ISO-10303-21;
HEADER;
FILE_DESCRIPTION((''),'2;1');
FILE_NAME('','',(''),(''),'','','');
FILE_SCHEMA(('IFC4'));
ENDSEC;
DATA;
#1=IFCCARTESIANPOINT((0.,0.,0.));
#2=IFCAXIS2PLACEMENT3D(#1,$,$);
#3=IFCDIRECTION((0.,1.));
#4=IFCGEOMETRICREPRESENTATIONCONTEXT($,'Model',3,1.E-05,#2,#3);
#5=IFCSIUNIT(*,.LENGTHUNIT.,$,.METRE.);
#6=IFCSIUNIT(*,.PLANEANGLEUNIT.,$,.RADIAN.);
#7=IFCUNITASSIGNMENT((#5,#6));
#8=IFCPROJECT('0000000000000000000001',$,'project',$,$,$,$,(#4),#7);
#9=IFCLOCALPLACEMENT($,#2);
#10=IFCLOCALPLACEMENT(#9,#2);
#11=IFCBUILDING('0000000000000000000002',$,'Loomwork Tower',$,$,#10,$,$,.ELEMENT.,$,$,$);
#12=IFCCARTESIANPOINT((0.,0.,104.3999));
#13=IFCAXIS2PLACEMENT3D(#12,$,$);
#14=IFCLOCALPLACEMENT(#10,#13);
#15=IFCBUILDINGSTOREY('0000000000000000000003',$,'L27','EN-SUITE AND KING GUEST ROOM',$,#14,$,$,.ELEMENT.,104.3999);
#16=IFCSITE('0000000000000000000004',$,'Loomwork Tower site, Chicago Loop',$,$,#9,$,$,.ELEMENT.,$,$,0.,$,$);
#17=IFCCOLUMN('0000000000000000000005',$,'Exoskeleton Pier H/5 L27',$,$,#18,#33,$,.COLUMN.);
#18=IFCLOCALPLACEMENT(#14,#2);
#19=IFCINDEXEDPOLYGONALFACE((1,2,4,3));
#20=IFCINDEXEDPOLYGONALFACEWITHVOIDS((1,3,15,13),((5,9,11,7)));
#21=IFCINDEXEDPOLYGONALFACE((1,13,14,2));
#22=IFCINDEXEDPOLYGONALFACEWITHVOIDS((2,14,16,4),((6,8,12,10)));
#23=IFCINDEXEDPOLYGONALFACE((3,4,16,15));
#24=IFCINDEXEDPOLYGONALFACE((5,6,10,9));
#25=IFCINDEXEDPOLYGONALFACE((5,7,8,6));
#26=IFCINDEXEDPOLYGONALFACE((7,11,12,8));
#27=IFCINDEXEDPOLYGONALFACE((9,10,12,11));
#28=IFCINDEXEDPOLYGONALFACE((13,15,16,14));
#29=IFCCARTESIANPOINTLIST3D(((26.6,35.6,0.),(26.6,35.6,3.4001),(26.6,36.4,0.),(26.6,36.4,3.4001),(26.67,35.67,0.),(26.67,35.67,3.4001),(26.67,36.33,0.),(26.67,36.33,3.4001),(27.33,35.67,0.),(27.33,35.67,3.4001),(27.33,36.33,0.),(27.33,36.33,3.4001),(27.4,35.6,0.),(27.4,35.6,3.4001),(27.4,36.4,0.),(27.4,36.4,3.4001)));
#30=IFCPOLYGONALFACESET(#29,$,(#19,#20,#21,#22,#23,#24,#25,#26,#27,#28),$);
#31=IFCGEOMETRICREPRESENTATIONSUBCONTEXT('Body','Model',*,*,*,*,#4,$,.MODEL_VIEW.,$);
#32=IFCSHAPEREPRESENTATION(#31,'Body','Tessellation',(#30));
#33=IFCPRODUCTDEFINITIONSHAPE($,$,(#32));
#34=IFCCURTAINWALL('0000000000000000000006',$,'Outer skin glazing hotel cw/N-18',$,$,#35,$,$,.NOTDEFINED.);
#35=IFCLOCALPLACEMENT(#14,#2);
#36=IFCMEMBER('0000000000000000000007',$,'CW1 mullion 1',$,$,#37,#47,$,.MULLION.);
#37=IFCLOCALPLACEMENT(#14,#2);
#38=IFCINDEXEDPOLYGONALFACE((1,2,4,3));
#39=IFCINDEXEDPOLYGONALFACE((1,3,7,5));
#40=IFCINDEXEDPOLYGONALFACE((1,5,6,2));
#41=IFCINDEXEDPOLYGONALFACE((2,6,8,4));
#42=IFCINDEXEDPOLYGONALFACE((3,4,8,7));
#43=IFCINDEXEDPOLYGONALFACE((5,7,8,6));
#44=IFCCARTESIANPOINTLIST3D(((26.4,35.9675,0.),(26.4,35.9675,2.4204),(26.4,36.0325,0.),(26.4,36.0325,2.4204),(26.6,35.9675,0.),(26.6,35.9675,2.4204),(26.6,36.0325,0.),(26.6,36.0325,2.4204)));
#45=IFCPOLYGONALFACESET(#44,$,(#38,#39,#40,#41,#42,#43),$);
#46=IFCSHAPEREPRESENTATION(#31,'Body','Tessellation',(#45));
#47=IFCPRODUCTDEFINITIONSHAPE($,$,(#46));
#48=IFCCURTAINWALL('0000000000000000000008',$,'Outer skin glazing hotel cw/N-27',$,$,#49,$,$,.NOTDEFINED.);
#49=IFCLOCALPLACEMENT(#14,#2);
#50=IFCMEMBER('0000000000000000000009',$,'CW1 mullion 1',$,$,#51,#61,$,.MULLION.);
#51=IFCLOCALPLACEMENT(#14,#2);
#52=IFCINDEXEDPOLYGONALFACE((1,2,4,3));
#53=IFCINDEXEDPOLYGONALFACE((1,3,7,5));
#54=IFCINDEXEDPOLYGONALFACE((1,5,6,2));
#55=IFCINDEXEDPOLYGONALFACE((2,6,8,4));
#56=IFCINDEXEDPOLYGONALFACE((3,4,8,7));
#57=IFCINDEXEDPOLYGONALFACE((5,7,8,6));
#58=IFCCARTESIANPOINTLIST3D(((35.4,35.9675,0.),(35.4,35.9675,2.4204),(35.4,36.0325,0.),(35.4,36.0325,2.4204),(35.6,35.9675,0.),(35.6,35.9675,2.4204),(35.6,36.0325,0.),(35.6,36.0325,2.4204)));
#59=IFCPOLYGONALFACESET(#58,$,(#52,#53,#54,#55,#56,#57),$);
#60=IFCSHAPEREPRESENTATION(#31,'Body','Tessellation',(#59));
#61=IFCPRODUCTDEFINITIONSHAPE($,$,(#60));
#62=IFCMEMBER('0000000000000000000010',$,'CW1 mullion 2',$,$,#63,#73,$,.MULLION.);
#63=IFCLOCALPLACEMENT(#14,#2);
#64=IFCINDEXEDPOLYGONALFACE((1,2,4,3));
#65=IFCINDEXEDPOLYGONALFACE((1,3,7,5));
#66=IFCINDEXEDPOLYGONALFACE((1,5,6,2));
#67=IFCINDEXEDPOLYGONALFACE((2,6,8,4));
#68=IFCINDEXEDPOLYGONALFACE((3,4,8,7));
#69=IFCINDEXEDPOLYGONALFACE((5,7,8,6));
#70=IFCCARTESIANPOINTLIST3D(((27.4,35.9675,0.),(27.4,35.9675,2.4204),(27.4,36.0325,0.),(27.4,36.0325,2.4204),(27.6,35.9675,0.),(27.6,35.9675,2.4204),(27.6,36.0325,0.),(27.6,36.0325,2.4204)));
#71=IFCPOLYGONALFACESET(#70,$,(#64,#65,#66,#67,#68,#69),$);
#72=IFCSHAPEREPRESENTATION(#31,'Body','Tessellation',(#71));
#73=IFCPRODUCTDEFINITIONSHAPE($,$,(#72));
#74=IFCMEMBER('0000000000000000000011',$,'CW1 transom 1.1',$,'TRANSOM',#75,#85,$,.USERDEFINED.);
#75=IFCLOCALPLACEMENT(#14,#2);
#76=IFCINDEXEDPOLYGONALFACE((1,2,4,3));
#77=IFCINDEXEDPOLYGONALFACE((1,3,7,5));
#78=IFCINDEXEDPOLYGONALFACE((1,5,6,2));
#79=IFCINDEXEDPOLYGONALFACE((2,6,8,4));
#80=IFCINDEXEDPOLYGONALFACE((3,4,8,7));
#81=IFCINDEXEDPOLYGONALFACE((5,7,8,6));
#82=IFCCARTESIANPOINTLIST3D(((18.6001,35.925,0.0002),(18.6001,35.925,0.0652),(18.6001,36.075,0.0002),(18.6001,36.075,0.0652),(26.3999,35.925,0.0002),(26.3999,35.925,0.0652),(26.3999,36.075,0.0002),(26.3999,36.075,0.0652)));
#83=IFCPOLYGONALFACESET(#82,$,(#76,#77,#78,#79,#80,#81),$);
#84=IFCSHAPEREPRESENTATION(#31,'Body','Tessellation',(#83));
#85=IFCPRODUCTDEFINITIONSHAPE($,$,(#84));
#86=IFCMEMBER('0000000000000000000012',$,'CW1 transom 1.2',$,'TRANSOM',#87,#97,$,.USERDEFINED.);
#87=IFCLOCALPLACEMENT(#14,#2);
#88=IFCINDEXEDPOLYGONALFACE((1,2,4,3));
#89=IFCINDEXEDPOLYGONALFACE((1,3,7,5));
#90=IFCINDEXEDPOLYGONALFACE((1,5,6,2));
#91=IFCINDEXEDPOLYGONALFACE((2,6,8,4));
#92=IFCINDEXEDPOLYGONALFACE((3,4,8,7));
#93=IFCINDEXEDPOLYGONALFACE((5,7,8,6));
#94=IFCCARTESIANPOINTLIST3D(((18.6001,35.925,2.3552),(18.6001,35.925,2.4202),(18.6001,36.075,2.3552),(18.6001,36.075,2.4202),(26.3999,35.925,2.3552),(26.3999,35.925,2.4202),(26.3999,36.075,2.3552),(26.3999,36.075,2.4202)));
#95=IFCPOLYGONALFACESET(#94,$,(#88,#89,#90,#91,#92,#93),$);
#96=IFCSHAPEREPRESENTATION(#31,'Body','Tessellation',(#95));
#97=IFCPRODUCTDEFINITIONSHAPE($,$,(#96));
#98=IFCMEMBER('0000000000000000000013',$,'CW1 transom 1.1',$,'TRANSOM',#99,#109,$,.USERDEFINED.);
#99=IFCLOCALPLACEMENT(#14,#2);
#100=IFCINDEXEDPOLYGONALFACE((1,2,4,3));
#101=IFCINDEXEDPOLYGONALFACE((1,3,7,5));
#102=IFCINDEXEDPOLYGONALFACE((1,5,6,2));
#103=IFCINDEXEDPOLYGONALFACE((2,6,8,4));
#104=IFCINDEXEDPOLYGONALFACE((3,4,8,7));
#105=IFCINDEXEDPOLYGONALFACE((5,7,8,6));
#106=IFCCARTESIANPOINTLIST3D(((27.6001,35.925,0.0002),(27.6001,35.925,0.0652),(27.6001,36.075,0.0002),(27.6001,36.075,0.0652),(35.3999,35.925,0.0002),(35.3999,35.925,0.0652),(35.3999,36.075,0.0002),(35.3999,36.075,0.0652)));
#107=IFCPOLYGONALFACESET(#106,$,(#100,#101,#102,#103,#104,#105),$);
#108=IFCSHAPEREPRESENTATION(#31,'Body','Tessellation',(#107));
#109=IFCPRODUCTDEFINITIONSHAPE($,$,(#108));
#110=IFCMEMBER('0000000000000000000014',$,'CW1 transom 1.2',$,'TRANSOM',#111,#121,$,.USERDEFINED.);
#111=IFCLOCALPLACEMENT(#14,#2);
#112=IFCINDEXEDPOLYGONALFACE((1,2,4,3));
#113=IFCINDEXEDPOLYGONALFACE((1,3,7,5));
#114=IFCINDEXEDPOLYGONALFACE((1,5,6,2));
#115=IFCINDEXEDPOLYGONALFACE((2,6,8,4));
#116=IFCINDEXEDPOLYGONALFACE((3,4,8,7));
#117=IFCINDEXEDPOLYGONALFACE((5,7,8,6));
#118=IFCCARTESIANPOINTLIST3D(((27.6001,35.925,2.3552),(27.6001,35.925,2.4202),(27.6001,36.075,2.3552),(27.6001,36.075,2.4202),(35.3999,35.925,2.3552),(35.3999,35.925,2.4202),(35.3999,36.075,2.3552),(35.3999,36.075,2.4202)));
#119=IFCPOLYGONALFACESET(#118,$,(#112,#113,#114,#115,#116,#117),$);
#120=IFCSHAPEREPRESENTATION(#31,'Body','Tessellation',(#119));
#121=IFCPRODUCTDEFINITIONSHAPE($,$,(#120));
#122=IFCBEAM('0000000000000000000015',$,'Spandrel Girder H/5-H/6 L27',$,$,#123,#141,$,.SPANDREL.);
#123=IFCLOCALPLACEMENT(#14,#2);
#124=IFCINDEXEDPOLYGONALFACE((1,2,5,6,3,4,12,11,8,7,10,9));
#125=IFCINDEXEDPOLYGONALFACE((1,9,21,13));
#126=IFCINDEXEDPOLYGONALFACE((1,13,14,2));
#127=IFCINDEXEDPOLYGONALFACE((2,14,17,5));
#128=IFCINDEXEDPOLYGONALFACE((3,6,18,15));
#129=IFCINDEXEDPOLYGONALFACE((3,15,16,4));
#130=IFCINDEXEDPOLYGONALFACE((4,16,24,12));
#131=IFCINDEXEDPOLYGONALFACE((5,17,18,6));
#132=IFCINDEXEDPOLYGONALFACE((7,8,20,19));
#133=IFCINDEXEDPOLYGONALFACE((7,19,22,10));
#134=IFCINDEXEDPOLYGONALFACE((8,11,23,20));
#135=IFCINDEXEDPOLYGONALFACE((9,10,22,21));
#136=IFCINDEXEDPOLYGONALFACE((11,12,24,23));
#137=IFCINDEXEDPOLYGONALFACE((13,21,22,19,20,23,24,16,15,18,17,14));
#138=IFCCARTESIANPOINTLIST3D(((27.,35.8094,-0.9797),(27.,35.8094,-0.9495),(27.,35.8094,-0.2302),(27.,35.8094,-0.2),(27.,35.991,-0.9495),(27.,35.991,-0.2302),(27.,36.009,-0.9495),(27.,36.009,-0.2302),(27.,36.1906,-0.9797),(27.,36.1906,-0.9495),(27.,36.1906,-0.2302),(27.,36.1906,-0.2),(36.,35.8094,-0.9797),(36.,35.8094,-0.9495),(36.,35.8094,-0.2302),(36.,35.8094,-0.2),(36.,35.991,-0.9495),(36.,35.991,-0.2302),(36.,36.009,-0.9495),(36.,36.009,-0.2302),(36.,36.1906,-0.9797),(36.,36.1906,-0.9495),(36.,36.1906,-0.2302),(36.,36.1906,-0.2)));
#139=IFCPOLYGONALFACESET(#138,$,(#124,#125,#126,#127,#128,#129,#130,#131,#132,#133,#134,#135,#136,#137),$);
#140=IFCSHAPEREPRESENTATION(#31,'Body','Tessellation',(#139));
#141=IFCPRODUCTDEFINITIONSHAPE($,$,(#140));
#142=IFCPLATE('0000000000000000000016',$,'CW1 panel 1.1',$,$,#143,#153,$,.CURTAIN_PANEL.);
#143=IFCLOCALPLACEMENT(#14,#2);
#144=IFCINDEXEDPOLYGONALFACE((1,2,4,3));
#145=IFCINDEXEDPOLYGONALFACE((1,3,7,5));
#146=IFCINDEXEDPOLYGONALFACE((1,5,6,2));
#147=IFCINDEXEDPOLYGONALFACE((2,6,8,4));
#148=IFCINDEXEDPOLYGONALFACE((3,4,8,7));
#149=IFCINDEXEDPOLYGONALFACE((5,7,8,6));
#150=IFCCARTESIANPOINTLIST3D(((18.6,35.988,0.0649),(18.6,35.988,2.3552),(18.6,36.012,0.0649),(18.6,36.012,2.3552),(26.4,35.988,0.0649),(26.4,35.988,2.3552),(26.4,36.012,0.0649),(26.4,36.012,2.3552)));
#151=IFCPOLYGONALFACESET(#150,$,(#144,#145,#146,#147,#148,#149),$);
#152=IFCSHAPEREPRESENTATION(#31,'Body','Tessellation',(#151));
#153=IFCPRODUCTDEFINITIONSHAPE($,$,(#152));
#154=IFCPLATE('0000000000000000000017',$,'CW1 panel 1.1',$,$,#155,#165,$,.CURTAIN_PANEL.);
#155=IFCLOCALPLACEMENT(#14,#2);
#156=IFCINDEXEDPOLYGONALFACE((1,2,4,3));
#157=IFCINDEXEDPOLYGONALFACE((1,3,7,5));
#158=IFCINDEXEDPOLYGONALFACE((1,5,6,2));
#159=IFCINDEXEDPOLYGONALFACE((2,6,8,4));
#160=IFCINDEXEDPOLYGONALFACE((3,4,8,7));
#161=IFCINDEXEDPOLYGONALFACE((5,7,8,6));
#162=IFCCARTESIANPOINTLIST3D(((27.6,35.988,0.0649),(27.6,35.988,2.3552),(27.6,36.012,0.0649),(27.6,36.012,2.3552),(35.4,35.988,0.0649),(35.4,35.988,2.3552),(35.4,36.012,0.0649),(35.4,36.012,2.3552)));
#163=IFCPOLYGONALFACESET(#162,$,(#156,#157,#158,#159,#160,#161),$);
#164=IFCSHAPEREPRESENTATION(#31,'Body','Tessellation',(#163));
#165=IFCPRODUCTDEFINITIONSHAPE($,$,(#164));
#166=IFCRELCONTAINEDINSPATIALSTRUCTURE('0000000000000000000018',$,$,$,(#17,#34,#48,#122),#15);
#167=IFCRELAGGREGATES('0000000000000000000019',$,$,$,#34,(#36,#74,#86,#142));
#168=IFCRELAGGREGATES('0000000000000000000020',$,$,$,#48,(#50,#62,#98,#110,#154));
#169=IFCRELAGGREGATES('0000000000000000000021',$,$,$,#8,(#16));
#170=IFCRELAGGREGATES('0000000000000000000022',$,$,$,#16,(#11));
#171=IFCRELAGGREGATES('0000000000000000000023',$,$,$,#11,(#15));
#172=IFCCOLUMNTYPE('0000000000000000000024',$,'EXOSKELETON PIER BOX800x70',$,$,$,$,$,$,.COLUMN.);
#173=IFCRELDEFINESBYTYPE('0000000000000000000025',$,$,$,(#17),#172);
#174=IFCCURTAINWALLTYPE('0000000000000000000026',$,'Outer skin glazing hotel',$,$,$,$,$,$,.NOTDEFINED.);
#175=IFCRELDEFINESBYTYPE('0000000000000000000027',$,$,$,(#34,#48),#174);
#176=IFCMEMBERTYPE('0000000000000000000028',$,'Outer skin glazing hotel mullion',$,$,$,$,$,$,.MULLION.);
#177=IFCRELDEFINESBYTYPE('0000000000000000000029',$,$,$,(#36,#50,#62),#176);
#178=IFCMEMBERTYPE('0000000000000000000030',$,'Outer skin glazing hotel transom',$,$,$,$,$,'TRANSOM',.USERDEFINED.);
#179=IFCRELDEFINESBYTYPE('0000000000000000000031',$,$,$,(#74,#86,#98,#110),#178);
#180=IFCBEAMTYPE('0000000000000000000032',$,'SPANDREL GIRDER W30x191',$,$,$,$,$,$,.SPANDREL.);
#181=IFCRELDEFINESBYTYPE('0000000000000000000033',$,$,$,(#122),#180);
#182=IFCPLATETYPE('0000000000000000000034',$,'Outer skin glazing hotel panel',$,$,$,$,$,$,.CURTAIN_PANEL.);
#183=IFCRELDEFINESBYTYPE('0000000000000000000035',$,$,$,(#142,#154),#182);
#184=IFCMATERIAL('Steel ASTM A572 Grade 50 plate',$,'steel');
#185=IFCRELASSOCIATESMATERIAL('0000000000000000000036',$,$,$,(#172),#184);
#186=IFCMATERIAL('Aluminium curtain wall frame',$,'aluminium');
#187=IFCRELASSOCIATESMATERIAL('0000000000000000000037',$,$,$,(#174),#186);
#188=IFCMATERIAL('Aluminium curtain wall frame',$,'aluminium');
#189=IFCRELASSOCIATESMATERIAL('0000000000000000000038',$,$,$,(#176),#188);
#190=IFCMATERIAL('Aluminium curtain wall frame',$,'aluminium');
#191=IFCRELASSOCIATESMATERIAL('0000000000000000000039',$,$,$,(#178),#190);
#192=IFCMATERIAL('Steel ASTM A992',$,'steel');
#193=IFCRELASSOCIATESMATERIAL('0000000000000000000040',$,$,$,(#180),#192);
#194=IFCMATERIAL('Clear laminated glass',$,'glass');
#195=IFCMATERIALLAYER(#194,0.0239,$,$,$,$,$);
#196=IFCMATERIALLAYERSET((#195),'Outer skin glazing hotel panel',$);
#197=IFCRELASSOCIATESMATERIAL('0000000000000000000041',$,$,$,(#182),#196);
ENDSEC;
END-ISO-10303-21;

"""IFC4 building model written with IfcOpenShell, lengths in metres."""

from ifc_helpers import new_model, si_unit, direction, frame, origin, origin_2d, place, context, subcontext, project, spatial, rectangle, hollow_rectangle, i_section, extrude, material, layer, layer_set, material_profile, profile_set, type_object, element, aggregate, save


model = new_model("IFC4")

# Units and contexts
model_context = context("Model", 3, precision=1e-05, world=origin(), true_north=direction((0.0, 1.0)))
body_context = subcontext(model_context, "Body", "Model", "MODEL_VIEW")
ifc_project = project(units=[si_unit("LENGTHUNIT", "METRE"), si_unit("PLANEANGLEUNIT", "RADIAN")], contexts=[model_context])

# Site, building, storey
site_placement = place(None, origin())
site = spatial("IfcSite", under=ifc_project, at=site_placement, Name="Loomwork Tower site, Chicago Loop", CompositionType="ELEMENT", RefElevation=0.0)
building_placement = place(site_placement, origin())
building = spatial("IfcBuilding", under=site, at=building_placement, Name="Loomwork Tower", CompositionType="ELEMENT")
storey_placement = place(building_placement, frame((0.0, 0.0, 104.3999)))
storey = spatial("IfcBuildingStorey", under=building, at=storey_placement, Name="L27", Description="EN-SUITE AND KING GUEST ROOM", CompositionType="ELEMENT", Elevation=104.3999)

# Column
ifc_material_1 = material(Name="Steel ASTM A572 Grade 50 plate", Category="steel")
ifc_material_profile_1 = material_profile(ifc_material_1, hollow_rectangle(XDim=0.8, YDim=0.8, WallThickness=0.0701, at=origin_2d()), Name="BOX800x70")
ifc_profile_set_1 = profile_set([ifc_material_profile_1], Name="Steel ASTM A572 Grade 50 plate")
column_type = type_object("IfcColumnType", Name="EXOSKELETON PIER BOX800x70", PredefinedType="COLUMN", material=ifc_profile_set_1)
column_placement = place(storey_placement, frame((27.0, 36.0, 0.0), z_axis=(0.0, 0.0, 1.0), x_axis=(1.0, 0.0, 0.0)))
element("IfcColumn", 1, at=column_placement, inside=storey, type_object=column_type, Name="Exoskeleton Pier H/5 L27", PredefinedType="COLUMN", context=body_context, shape_type="SweptSolid", body=[
    extrude(hollow_rectangle(XDim=0.8, YDim=0.8, WallThickness=0.0701, at=origin_2d()), origin(), (0.0, 0.0, 1.0), 3.4001),
])

# Curtain wall, member
ifc_material_2 = material(Name="Aluminium curtain wall frame", Category="aluminium")
curtain_wall_type = type_object("IfcCurtainWallType", Name="Outer skin glazing hotel", PredefinedType="NOTDEFINED", material=ifc_material_2)
curtain_wall_1_placement = place(storey_placement, origin())
curtain_wall_1 = element("IfcCurtainWall", 2, at=curtain_wall_1_placement, inside=storey, type_object=curtain_wall_type, Name="Outer skin glazing hotel cw/N-18", PredefinedType="NOTDEFINED")
ifc_material_3 = material(Name="Aluminium curtain wall frame", Category="aluminium")
ifc_material_profile_2 = material_profile(ifc_material_3, rectangle(XDim=0.0649, YDim=0.2, at=origin_2d()), Name="AL 65x200")
ifc_profile_set_2 = profile_set([ifc_material_profile_2], Name="Aluminium curtain wall frame")
member_type_1 = type_object("IfcMemberType", Name="Outer skin glazing hotel mullion", PredefinedType="MULLION", material=ifc_profile_set_2)
member_1_placement = place(storey_placement, frame((26.5, 36.0, 0.0), z_axis=(0.0, 0.0, 1.0), x_axis=(0.0, -1.0, 0.0)))
member_1 = element("IfcMember", 3, at=member_1_placement, type_object=member_type_1, Name="CW1 mullion 1", PredefinedType="MULLION", context=body_context, shape_type="SweptSolid", body=[
    extrude(rectangle(XDim=0.0649, YDim=0.2, at=origin_2d()), origin(), (0.0, 0.0, 1.0), 2.4204),
])

# Curtain wall, members
curtain_wall_2_placement = place(storey_placement, origin())
curtain_wall_2 = element("IfcCurtainWall", 4, at=curtain_wall_2_placement, inside=storey, type_object=curtain_wall_type, Name="Outer skin glazing hotel cw/N-27", PredefinedType="NOTDEFINED")
member_2_placement = place(storey_placement, frame((35.5, 36.0, 0.0), z_axis=(0.0, 0.0, 1.0), x_axis=(0.0, -1.0, 0.0)))
member_2 = element("IfcMember", 5, at=member_2_placement, type_object=member_type_1, Name="CW1 mullion 1", PredefinedType="MULLION", context=body_context, shape_type="SweptSolid", body=[
    extrude(rectangle(XDim=0.0649, YDim=0.2, at=origin_2d()), origin(), (0.0, 0.0, 1.0), 2.4204),
])
member_3_placement = place(storey_placement, frame((27.5, 36.0, 0.0), z_axis=(0.0, 0.0, 1.0), x_axis=(0.0, -1.0, 0.0)))
member_3 = element("IfcMember", 6, at=member_3_placement, type_object=member_type_1, Name="CW1 mullion 2", PredefinedType="MULLION", context=body_context, shape_type="SweptSolid", body=[
    extrude(rectangle(XDim=0.0649, YDim=0.2, at=origin_2d()), origin(), (0.0, 0.0, 1.0), 2.4204),
])

# Members
ifc_material_4 = material(Name="Aluminium curtain wall frame", Category="aluminium")
ifc_material_profile_3 = material_profile(ifc_material_4, rectangle(XDim=0.1499, YDim=0.0649, at=origin_2d()), Name="AL 65x150")
ifc_profile_set_3 = profile_set([ifc_material_profile_3], Name="Aluminium curtain wall frame")
member_type_2 = type_object("IfcMemberType", Name="Outer skin glazing hotel transom", ElementType="TRANSOM", PredefinedType="USERDEFINED", material=ifc_profile_set_3)
member_4_placement = place(storey_placement, frame((26.3999, 36.0, 0.0327), z_axis=(-1.0, 0.0, 0.0), x_axis=(0.0, -1.0, 0.0)))
member_4 = element("IfcMember", 7, at=member_4_placement, type_object=member_type_2, Name="CW1 transom 1.1", ObjectType="TRANSOM", PredefinedType="USERDEFINED", context=body_context, shape_type="SweptSolid", body=[
    extrude(rectangle(XDim=0.1499, YDim=0.0649, at=origin_2d()), origin(), (0.0, 0.0, 1.0), 7.7998),
])
member_5_placement = place(storey_placement, frame((26.3999, 36.0, 2.3877), z_axis=(-1.0, 0.0, 0.0), x_axis=(0.0, -1.0, 0.0)))
member_5 = element("IfcMember", 8, at=member_5_placement, type_object=member_type_2, Name="CW1 transom 1.2", ObjectType="TRANSOM", PredefinedType="USERDEFINED", context=body_context, shape_type="SweptSolid", body=[
    extrude(rectangle(XDim=0.1499, YDim=0.0649, at=origin_2d()), origin(), (0.0, 0.0, 1.0), 7.7998),
])
member_6_placement = place(storey_placement, frame((35.3999, 36.0, 0.0327), z_axis=(-1.0, 0.0, 0.0), x_axis=(0.0, -1.0, 0.0)))
member_6 = element("IfcMember", 9, at=member_6_placement, type_object=member_type_2, Name="CW1 transom 1.1", ObjectType="TRANSOM", PredefinedType="USERDEFINED", context=body_context, shape_type="SweptSolid", body=[
    extrude(rectangle(XDim=0.1499, YDim=0.0649, at=origin_2d()), origin(), (0.0, 0.0, 1.0), 7.7998),
])
member_7_placement = place(storey_placement, frame((35.3999, 36.0, 2.3877), z_axis=(-1.0, 0.0, 0.0), x_axis=(0.0, -1.0, 0.0)))
member_7 = element("IfcMember", 10, at=member_7_placement, type_object=member_type_2, Name="CW1 transom 1.2", ObjectType="TRANSOM", PredefinedType="USERDEFINED", context=body_context, shape_type="SweptSolid", body=[
    extrude(rectangle(XDim=0.1499, YDim=0.0649, at=origin_2d()), origin(), (0.0, 0.0, 1.0), 7.7998),
])

# Beam
ifc_material_5 = material(Name="Steel ASTM A992", Category="steel")
ifc_material_profile_4 = material_profile(ifc_material_5, i_section(OverallWidth=0.3811, OverallDepth=0.7798, WebThickness=0.0181, FlangeThickness=0.0303, at=origin_2d()), Name="W30x191")
ifc_profile_set_4 = profile_set([ifc_material_profile_4], Name="Steel ASTM A992")
beam_type = type_object("IfcBeamType", Name="SPANDREL GIRDER W30x191", PredefinedType="SPANDREL", material=ifc_profile_set_4)
beam_placement = place(storey_placement, frame((27.0, 36.0, -0.5898), z_axis=(1.0, 0.0, 0.0), x_axis=(0.0, 1.0, 0.0)))
element("IfcBeam", 11, at=beam_placement, inside=storey, type_object=beam_type, Name="Spandrel Girder H/5-H/6 L27", PredefinedType="SPANDREL", context=body_context, shape_type="SweptSolid", body=[
    extrude(i_section(OverallWidth=0.3811, OverallDepth=0.7798, WebThickness=0.0181, FlangeThickness=0.0303, at=origin_2d()), origin(), (0.0, 0.0, 1.0), 9.0),
])

# Plates
ifc_material_6 = material(Name="Clear laminated glass", Category="glass")
ifc_layer_1 = layer(ifc_material_6, 0.0239)
ifc_layer_set_1 = layer_set([ifc_layer_1], Name="Outer skin glazing hotel panel")
plate_type = type_object("IfcPlateType", Name="Outer skin glazing hotel panel", PredefinedType="CURTAIN_PANEL", material=ifc_layer_set_1)
plate_1_placement = place(storey_placement, frame((22.5, 36.0, 0.0649), z_axis=(0.0, 0.0, 1.0), x_axis=(-1.0, 0.0, 0.0)))
plate_1 = element("IfcPlate", 12, at=plate_1_placement, type_object=plate_type, Name="CW1 panel 1.1", PredefinedType="CURTAIN_PANEL", context=body_context, shape_type="SweptSolid", body=[
    extrude(rectangle(XDim=7.8, YDim=0.0239, at=origin_2d()), origin(), (0.0, 0.0, 1.0), 2.2903),
])
aggregate(curtain_wall_1, [member_1, member_4, member_5, plate_1])
plate_2_placement = place(storey_placement, frame((31.5, 36.0, 0.0649), z_axis=(0.0, 0.0, 1.0), x_axis=(-1.0, 0.0, 0.0)))
plate_2 = element("IfcPlate", 13, at=plate_2_placement, type_object=plate_type, Name="CW1 panel 1.1", PredefinedType="CURTAIN_PANEL", context=body_context, shape_type="SweptSolid", body=[
    extrude(rectangle(XDim=7.8, YDim=0.0239, at=origin_2d()), origin(), (0.0, 0.0, 1.0), 2.2903),
])
aggregate(curtain_wall_2, [member_2, member_3, member_6, member_7, plate_2])

save(model, "model.ifc")
